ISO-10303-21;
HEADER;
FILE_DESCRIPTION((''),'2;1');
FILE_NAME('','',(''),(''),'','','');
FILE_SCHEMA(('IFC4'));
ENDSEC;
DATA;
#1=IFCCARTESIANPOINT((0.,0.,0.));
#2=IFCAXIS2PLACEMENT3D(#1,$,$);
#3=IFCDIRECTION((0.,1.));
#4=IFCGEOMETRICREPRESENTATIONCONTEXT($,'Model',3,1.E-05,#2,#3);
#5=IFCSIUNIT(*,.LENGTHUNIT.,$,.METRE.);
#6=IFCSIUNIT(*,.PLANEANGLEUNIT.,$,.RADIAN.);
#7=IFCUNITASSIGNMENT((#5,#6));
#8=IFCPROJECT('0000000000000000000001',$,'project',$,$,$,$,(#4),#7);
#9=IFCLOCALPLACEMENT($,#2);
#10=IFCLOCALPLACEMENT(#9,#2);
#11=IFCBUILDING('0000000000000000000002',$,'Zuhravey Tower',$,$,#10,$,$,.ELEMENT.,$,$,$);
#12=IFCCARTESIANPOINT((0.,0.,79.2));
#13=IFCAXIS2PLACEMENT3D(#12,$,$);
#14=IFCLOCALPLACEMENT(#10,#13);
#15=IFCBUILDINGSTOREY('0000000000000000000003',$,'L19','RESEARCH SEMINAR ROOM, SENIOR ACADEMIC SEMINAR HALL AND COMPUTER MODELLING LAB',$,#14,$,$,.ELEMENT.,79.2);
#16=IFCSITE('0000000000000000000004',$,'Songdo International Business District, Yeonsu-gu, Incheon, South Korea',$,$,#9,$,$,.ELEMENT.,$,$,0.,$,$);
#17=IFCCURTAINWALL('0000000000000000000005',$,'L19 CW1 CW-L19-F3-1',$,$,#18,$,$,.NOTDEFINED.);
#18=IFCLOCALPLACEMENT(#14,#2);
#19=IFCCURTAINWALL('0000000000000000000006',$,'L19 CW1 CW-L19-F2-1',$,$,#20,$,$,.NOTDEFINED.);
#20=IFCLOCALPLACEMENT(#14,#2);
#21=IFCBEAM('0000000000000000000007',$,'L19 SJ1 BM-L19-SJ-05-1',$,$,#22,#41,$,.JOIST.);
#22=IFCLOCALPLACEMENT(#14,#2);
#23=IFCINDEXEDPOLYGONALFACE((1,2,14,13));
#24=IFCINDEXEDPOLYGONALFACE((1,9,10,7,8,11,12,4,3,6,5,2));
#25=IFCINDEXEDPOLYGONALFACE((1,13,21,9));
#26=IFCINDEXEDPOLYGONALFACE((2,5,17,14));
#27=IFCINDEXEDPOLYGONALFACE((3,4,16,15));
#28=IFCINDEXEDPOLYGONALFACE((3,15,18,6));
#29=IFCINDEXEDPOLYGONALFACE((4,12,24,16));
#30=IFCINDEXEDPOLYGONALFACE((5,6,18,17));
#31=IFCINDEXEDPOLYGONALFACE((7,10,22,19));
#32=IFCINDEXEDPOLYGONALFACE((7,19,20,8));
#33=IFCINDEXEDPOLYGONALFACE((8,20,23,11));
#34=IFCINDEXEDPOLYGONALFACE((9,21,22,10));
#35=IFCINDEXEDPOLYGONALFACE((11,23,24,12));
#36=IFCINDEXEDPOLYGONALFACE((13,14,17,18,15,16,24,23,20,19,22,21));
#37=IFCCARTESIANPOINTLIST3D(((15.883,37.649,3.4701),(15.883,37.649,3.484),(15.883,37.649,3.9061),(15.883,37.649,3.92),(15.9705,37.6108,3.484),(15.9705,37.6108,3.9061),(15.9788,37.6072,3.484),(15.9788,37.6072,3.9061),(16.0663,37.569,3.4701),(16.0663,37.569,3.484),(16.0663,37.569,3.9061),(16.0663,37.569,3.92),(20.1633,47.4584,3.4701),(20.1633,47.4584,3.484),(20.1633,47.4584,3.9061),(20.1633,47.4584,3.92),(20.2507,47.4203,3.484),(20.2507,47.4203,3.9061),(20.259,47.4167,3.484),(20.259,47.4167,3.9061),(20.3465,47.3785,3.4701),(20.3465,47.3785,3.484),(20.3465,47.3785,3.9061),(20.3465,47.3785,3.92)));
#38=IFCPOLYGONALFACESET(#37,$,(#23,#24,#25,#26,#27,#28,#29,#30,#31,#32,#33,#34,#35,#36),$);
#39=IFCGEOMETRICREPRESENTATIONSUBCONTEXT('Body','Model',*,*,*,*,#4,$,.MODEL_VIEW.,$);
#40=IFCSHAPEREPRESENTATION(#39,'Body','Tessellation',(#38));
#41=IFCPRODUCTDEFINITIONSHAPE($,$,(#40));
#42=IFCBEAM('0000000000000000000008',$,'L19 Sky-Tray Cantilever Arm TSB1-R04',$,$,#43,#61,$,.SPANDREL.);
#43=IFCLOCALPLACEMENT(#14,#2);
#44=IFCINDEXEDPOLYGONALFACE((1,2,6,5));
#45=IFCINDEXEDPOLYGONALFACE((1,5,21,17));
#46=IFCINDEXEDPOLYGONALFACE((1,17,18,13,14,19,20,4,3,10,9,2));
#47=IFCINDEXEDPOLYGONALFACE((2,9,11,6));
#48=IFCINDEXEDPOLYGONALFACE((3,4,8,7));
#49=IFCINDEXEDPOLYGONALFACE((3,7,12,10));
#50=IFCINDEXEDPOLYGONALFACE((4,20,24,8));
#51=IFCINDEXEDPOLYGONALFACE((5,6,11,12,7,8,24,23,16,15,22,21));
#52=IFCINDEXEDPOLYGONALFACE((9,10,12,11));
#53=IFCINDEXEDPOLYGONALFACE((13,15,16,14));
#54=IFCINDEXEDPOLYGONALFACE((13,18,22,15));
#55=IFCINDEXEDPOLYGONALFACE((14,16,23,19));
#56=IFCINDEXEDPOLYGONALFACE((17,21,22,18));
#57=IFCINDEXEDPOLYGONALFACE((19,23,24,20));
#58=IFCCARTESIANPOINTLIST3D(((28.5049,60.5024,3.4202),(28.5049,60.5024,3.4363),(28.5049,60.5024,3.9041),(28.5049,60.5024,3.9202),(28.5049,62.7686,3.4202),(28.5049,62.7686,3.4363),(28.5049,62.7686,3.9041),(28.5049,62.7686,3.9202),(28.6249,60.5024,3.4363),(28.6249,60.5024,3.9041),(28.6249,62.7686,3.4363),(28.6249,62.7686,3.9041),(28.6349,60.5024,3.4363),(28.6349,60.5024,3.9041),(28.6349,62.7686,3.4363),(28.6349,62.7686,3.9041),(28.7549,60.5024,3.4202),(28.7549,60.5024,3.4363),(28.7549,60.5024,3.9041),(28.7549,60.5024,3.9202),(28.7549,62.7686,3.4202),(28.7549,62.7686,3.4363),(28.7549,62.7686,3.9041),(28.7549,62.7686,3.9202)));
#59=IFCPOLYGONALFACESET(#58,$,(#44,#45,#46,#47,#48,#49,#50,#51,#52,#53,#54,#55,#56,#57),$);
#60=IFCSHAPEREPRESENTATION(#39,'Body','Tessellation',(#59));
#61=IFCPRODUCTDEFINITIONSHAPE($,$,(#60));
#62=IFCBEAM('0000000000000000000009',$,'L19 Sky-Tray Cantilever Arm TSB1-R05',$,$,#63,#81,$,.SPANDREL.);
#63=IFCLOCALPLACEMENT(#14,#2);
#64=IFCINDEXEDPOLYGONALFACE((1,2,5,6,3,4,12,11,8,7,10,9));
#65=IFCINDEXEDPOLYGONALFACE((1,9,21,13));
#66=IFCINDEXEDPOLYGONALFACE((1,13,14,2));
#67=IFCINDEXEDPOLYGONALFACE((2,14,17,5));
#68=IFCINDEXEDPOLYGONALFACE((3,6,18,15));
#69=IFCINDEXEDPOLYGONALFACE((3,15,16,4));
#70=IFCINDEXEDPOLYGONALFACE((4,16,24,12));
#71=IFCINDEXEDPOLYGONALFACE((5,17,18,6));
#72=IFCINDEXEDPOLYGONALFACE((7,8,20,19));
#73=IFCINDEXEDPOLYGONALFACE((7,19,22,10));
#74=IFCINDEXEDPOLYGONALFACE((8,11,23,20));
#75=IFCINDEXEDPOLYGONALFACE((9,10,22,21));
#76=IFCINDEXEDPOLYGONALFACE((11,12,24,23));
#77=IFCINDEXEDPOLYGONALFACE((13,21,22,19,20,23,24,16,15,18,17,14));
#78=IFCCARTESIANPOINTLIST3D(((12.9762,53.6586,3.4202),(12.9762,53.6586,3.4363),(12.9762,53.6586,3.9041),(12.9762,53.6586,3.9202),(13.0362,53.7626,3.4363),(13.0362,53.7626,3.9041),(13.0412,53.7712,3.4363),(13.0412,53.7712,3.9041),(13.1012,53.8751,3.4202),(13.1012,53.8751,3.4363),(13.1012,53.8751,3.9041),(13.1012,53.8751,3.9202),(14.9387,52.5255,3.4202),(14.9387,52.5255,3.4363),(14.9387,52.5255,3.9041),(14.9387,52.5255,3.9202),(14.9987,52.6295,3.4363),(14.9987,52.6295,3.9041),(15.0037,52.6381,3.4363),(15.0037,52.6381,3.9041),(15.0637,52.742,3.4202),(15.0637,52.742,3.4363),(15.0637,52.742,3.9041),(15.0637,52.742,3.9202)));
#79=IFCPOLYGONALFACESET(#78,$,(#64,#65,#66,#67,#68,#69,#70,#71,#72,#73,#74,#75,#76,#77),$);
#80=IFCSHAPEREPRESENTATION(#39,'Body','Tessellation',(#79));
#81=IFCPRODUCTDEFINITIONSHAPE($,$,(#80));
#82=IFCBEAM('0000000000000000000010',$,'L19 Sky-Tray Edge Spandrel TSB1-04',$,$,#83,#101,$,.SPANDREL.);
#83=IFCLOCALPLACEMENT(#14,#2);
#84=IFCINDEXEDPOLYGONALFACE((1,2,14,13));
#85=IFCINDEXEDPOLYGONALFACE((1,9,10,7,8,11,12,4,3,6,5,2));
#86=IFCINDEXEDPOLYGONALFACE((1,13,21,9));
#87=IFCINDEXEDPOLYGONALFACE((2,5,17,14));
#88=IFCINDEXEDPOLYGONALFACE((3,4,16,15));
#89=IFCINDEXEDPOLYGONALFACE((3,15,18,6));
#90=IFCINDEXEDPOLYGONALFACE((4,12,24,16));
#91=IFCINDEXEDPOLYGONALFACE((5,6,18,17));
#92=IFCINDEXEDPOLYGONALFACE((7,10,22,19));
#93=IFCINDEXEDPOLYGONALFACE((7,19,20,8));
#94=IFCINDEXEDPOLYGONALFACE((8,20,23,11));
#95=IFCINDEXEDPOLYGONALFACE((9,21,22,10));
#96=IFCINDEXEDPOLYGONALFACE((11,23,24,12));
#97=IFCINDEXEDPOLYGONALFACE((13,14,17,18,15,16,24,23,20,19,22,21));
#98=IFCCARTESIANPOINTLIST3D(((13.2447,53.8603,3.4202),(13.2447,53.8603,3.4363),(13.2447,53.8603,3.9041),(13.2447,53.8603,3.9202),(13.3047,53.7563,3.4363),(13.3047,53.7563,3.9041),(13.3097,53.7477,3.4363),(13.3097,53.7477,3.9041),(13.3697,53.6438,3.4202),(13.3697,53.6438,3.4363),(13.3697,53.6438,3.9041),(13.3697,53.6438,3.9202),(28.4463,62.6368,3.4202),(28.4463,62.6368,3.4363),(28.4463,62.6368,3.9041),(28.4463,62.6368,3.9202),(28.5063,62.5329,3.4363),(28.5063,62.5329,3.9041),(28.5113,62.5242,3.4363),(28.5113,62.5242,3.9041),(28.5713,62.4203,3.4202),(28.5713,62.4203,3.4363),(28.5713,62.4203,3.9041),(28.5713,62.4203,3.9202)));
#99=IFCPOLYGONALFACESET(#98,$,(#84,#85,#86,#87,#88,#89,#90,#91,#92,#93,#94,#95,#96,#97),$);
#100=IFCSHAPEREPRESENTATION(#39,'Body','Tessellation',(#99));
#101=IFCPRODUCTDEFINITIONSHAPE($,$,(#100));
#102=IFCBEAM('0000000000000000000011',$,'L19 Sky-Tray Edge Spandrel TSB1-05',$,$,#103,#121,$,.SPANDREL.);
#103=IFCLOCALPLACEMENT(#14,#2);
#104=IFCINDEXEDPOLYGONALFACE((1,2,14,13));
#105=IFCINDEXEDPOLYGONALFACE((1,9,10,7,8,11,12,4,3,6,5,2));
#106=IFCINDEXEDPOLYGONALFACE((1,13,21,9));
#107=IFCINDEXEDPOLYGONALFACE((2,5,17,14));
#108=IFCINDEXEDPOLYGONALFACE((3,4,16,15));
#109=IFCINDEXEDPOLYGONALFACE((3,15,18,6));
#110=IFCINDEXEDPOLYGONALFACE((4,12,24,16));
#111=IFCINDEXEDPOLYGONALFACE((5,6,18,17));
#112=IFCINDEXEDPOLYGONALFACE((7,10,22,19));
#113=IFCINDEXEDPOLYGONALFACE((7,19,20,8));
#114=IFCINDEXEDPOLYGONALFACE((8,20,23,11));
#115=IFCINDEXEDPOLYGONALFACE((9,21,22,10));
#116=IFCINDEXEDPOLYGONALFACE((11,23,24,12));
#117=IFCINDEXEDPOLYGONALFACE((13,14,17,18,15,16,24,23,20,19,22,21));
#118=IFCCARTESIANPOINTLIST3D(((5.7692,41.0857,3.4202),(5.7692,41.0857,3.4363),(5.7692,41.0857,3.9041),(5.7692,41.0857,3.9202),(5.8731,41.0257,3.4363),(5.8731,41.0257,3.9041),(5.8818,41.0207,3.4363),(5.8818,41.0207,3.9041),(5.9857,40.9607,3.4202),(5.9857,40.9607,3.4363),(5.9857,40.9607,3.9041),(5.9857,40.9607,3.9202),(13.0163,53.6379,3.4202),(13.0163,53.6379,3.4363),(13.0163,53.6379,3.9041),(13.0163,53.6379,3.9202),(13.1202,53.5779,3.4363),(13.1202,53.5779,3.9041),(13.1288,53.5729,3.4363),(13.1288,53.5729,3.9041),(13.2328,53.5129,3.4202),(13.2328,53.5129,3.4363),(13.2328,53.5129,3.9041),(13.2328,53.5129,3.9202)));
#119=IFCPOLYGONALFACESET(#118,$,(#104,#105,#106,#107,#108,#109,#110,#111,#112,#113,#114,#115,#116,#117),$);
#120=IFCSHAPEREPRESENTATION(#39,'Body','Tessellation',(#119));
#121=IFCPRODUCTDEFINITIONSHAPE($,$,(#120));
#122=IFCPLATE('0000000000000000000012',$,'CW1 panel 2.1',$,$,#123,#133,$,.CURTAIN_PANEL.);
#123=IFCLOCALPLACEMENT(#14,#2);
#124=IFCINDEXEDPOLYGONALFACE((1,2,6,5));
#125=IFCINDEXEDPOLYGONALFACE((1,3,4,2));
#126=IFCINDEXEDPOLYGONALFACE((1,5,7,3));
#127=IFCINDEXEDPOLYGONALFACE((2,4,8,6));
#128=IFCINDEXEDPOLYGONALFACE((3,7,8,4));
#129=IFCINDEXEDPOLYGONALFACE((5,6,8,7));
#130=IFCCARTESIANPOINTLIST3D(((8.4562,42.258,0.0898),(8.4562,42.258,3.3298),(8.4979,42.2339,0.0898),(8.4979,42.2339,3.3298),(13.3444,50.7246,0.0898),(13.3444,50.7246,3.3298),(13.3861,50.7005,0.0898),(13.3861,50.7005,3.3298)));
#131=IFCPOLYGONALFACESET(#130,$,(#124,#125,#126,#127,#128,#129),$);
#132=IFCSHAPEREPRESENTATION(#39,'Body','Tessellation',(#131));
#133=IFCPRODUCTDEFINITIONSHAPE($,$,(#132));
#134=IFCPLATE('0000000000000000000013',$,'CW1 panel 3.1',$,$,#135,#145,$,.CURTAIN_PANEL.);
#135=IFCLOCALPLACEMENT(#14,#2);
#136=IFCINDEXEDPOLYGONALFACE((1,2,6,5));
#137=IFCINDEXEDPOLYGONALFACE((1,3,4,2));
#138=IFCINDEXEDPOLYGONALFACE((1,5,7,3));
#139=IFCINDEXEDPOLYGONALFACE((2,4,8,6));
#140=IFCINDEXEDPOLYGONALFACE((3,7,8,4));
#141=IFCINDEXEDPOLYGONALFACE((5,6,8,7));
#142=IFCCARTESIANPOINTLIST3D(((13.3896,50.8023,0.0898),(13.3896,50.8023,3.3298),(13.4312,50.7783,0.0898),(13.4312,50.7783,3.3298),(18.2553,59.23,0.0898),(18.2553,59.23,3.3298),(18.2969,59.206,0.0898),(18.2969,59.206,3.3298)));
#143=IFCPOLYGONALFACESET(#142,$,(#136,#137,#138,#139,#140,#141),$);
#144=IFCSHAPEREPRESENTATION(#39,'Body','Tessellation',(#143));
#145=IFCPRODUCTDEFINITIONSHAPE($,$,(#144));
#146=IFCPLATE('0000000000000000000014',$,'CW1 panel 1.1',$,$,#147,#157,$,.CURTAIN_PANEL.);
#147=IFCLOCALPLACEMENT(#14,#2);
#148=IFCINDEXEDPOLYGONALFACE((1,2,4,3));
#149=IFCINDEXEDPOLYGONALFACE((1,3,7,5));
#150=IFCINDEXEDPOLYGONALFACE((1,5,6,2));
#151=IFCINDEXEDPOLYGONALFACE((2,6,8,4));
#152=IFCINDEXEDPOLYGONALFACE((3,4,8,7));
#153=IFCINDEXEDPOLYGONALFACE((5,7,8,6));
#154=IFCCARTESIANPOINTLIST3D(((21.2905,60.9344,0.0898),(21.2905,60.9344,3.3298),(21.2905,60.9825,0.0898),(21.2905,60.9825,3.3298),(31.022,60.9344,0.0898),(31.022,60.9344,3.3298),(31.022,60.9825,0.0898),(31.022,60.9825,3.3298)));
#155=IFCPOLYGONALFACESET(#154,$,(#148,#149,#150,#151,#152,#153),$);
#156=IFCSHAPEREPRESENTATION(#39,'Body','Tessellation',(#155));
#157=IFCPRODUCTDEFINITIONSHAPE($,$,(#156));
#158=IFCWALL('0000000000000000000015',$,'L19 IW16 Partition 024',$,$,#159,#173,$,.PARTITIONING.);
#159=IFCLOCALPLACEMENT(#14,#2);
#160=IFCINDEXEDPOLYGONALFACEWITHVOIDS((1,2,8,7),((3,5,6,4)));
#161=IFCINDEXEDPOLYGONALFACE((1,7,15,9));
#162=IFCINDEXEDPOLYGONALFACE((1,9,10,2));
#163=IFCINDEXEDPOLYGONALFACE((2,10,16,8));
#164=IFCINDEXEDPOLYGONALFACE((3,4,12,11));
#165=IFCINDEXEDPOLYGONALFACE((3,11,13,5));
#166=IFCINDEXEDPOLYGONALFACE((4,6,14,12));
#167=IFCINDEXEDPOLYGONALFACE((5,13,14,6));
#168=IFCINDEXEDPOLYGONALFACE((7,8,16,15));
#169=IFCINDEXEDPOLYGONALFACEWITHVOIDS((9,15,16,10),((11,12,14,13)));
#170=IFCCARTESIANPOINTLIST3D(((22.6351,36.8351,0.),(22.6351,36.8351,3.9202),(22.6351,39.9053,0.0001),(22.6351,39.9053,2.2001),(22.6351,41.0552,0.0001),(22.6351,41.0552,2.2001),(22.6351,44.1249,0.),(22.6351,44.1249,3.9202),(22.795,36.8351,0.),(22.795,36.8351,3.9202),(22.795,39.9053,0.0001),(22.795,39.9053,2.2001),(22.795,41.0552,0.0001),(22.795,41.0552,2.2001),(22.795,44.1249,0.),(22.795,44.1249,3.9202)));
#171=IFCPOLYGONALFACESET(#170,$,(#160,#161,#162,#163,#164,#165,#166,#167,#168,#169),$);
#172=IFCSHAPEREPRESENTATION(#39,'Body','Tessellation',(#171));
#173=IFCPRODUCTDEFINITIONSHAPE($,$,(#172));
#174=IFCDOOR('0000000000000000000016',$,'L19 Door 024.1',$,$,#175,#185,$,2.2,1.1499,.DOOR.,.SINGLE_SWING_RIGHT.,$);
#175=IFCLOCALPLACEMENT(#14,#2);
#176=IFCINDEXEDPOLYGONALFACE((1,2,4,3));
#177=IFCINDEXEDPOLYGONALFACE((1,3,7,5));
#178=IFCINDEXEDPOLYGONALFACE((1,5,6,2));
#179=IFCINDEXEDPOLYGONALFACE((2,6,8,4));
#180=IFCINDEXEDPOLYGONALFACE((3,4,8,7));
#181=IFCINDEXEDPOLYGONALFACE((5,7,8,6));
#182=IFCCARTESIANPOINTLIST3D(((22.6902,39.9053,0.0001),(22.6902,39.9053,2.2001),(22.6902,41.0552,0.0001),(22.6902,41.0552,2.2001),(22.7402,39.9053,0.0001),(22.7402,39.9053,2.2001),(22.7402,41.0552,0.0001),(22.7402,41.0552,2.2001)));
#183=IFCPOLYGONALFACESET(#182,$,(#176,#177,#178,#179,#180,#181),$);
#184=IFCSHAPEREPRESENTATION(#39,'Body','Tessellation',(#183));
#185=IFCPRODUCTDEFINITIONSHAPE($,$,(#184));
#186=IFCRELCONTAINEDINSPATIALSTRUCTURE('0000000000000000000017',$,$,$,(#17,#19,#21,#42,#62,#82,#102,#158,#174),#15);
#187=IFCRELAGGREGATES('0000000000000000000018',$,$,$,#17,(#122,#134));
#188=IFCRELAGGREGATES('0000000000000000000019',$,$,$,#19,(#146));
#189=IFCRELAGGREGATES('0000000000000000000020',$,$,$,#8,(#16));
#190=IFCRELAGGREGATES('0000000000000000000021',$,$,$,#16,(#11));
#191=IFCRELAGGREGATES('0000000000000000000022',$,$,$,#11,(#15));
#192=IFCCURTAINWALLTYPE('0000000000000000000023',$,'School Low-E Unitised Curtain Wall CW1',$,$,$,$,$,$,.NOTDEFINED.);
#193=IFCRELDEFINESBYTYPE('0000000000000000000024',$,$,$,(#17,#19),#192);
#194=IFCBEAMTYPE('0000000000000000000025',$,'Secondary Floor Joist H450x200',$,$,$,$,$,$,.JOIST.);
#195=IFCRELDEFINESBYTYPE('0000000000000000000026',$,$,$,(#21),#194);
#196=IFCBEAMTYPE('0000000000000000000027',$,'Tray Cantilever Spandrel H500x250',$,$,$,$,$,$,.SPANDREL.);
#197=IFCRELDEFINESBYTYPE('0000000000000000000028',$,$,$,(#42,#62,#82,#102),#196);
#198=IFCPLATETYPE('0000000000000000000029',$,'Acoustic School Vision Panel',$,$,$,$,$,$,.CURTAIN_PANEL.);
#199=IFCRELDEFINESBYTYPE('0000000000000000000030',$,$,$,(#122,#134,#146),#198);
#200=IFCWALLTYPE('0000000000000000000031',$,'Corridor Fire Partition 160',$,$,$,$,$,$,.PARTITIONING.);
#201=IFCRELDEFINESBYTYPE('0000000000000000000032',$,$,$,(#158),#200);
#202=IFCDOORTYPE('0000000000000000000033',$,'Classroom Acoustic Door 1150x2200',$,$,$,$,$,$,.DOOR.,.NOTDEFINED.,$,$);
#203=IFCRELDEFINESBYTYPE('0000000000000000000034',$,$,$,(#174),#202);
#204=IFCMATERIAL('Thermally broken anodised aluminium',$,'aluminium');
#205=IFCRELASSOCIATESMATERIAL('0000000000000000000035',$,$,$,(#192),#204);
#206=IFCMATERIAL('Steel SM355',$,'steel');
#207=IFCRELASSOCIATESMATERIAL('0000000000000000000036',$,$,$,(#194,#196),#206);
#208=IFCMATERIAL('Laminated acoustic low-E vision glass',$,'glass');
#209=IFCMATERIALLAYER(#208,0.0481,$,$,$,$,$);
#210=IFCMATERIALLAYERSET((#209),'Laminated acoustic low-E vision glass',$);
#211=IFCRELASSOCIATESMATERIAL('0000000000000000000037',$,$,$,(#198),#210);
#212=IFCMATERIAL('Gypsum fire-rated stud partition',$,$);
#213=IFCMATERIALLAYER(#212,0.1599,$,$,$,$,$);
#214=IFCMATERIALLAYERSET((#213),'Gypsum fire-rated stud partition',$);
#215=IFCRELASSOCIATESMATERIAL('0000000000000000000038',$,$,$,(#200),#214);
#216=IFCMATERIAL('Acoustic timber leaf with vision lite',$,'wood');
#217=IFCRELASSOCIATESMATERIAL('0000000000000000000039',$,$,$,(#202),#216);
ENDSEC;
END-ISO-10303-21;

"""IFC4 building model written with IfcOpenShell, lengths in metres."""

from ifc_helpers import new_model, si_unit, direction, frame, frame_2d, origin, origin_2d, place, context, subcontext, project, spatial, rectangle, i_section, extrude, material, layer, layer_set, material_profile, profile_set, type_object, element, fill, aggregate, save


model = new_model("IFC4")

# Units and contexts
model_context = context("Model", 3, precision=1e-05, world=origin(), true_north=direction((0.0, 1.0)))
body_context = subcontext(model_context, "Body", "Model", "MODEL_VIEW")
ifc_project = project(units=[si_unit("LENGTHUNIT", "METRE"), si_unit("PLANEANGLEUNIT", "RADIAN")], contexts=[model_context])

# Site, building, storey
site_placement = place(None, origin())
site = spatial("IfcSite", under=ifc_project, at=site_placement, Name="Songdo International Business District, Yeonsu-gu, Incheon, South Korea", CompositionType="ELEMENT", RefElevation=0.0)
building_placement = place(site_placement, origin())
building = spatial("IfcBuilding", under=site, at=building_placement, Name="Zuhravey Tower", CompositionType="ELEMENT")
storey_placement = place(building_placement, frame((0.0, 0.0, 79.2)))
storey = spatial("IfcBuildingStorey", under=building, at=storey_placement, Name="L19", Description="RESEARCH SEMINAR ROOM, SENIOR ACADEMIC SEMINAR HALL AND COMPUTER MODELLING LAB", CompositionType="ELEMENT", Elevation=79.2)

# Curtain walls
ifc_material_1 = material(Name="Thermally broken anodised aluminium", Category="aluminium")
curtain_wall_type = type_object("IfcCurtainWallType", Name="School Low-E Unitised Curtain Wall CW1", PredefinedType="NOTDEFINED", material=ifc_material_1)
curtain_wall_1_placement = place(storey_placement, origin())
curtain_wall_1 = element("IfcCurtainWall", 1, at=curtain_wall_1_placement, inside=storey, type_object=curtain_wall_type, Name="L19 CW1 CW-L19-F3-1", PredefinedType="NOTDEFINED")
curtain_wall_2_placement = place(storey_placement, origin())
curtain_wall_2 = element("IfcCurtainWall", 2, at=curtain_wall_2_placement, inside=storey, type_object=curtain_wall_type, Name="L19 CW1 CW-L19-F2-1", PredefinedType="NOTDEFINED")

# Beams
ifc_material_2 = material(Name="Steel SM355", Category="steel")
ifc_material_profile_1 = material_profile(ifc_material_2, i_section(OverallWidth=0.2, OverallDepth=0.45, WebThickness=0.009, FlangeThickness=0.0139, at=origin_2d()), Name="H-450x200x9x14")
ifc_profile_set_1 = profile_set([ifc_material_profile_1], Name="Steel SM355")
beam_type_1 = type_object("IfcBeamType", Name="Secondary Floor Joist H450x200", PredefinedType="JOIST", material=ifc_profile_set_1)
beam_1_placement = place(storey_placement, frame((20.2549, 47.4185, 3.6951), z_axis=(-0.399924, -0.916549, 0.0), x_axis=(0.916549, -0.399924, 0.0)))
element("IfcBeam", 3, at=beam_1_placement, inside=storey, type_object=beam_type_1, Name="L19 SJ1 BM-L19-SJ-05-1", PredefinedType="JOIST", context=body_context, shape_type="SweptSolid", body=[
    extrude(i_section(OverallWidth=0.2, OverallDepth=0.45, WebThickness=0.009, FlangeThickness=0.0139, at=origin_2d()), origin(), (0.0, 0.0, 1.0), 10.7026),
])
ifc_material_profile_2 = material_profile(ifc_material_2, i_section(OverallWidth=0.25, OverallDepth=0.5, WebThickness=0.01, FlangeThickness=0.0161, at=origin_2d()), Name="H-500x250x10x16")
ifc_profile_set_2 = profile_set([ifc_material_profile_2], Name="Steel SM355")
beam_type_2 = type_object("IfcBeamType", Name="Tray Cantilever Spandrel H500x250", PredefinedType="SPANDREL", material=ifc_profile_set_2)
for number, where, z_axis, x_axis, name in (
    (4, (28.6299, 60.5024, 3.6702), (0.0, 1.0, 0.0), (-1.0, 0.0, 0.0), "L19 Sky-Tray Cantilever Arm TSB1-R04"),
    (5, (15.0012, 52.6338, 3.6702), (-0.866013, 0.500021, 0.0), (-0.500021, -0.866013, 0.0), "L19 Sky-Tray Cantilever Arm TSB1-R05"),
):
    element("IfcBeam", number, at=place(storey_placement, frame(where, z_axis=z_axis, x_axis=x_axis)), inside=storey, type_object=beam_type_2, Name=name, PredefinedType="SPANDREL", context=body_context, shape_type="SweptSolid", body=[
        extrude(i_section(OverallWidth=0.25, OverallDepth=0.5, WebThickness=0.01, FlangeThickness=0.0161, at=origin_2d()), origin(), (0.0, 0.0, 1.0), 2.2661),
    ])
beam_2_placement = place(storey_placement, frame((28.5088, 62.5286, 3.6702), z_axis=(-0.866027, -0.499997, 0.0), x_axis=(0.499997, -0.866027, 0.0)))
element("IfcBeam", 6, at=beam_2_placement, inside=storey, type_object=beam_type_2, Name="L19 Sky-Tray Edge Spandrel TSB1-04", PredefinedType="SPANDREL", context=body_context, shape_type="SweptSolid", body=[
    extrude(i_section(OverallWidth=0.25, OverallDepth=0.5, WebThickness=0.01, FlangeThickness=0.0161, at=origin_2d()), origin(), (0.0, 0.0, 1.0), 17.5532),
])
beam_3_placement = place(storey_placement, frame((13.1245, 53.5754, 3.6702), z_axis=(-0.500001, -0.866025, 0.0), x_axis=(0.866025, -0.500001, 0.0)))
element("IfcBeam", 7, at=beam_3_placement, inside=storey, type_object=beam_type_2, Name="L19 Sky-Tray Edge Spandrel TSB1-05", PredefinedType="SPANDREL", context=body_context, shape_type="SweptSolid", body=[
    extrude(i_section(OverallWidth=0.25, OverallDepth=0.5, WebThickness=0.01, FlangeThickness=0.0161, at=origin_2d()), origin(), (0.0, 0.0, 1.0), 14.4941),
])

# Plates
ifc_material_3 = material(Name="Laminated acoustic low-E vision glass", Category="glass")
ifc_layer_1 = layer(ifc_material_3, 0.0481)
ifc_layer_set_1 = layer_set([ifc_layer_1], Name="Laminated acoustic low-E vision glass")
plate_type = type_object("IfcPlateType", Name="Acoustic School Vision Panel", PredefinedType="CURTAIN_PANEL", material=ifc_layer_set_1)
plate_1_placement = place(storey_placement, frame((10.9211, 46.4792, 0.0898), z_axis=(0.0, 0.0, 1.0), x_axis=(0.5, 0.866026, 0.0)))
plate_1 = element("IfcPlate", 8, at=plate_1_placement, type_object=plate_type, Name="CW1 panel 2.1", PredefinedType="CURTAIN_PANEL", context=body_context, shape_type="SweptSolid", body=[
    extrude(rectangle(XDim=9.7764, YDim=0.0481, at=origin_2d()), origin(), (0.0, 0.0, 1.0), 3.24),
])
plate_2_placement = place(storey_placement, frame((15.8433, 55.0042, 0.0898), z_axis=(0.0, 0.0, 1.0), x_axis=(0.5, 0.866026, 0.0)))
plate_2 = element("IfcPlate", 9, at=plate_2_placement, type_object=plate_type, Name="CW1 panel 3.1", PredefinedType="CURTAIN_PANEL", context=body_context, shape_type="SweptSolid", body=[
    extrude(rectangle(XDim=9.7314, YDim=0.0481, at=origin_2d()), origin(), (0.0, 0.0, 1.0), 3.24),
])
aggregate(curtain_wall_1, [plate_1, plate_2])
plate_3_placement = place(storey_placement, frame((26.1562, 60.9585, 0.0898), z_axis=(0.0, 0.0, 1.0), x_axis=(1.0, 0.0, 0.0)))
plate_3 = element("IfcPlate", 10, at=plate_3_placement, type_object=plate_type, Name="CW1 panel 1.1", PredefinedType="CURTAIN_PANEL", context=body_context, shape_type="SweptSolid", body=[
    extrude(rectangle(XDim=9.7314, YDim=0.0481, at=origin_2d()), origin(), (0.0, 0.0, 1.0), 3.24),
])
aggregate(curtain_wall_2, [plate_3])

# Wall, opening, door
ifc_material_4 = material(Name="Gypsum fire-rated stud partition")
ifc_layer_2 = layer(ifc_material_4, 0.1599)
ifc_layer_set_2 = layer_set([ifc_layer_2], Name="Gypsum fire-rated stud partition")
wall_type_1 = type_object("IfcWallType", Name="Corridor Fire Partition 160", PredefinedType="PARTITIONING", material=ifc_layer_set_2)
wall_1_placement = place(storey_placement, frame((22.7151, 44.125, 0.0), z_axis=(0.0, 0.0, 1.0), x_axis=(0.0, -1.0, 0.0)))
wall_1 = element("IfcWall", 11, at=wall_1_placement, inside=storey, type_object=wall_type_1, Name="L19 IW16 Partition 024", PredefinedType="PARTITIONING", context=body_context, shape_type="SweptSolid", body=[
    extrude(rectangle(XDim=7.2898, YDim=0.1599, at=frame_2d((3.645, 0.0))), origin(), (0.0, 0.0, 1.0), 3.9202),
])
opening_placement = place(wall_1_placement, frame((3.0698, 0.0, 0.0)))
opening = element("IfcOpeningElement", 12, at=opening_placement, cuts=wall_1, PredefinedType="OPENING", context=body_context, shape_type="SweptSolid", body=[
    extrude(rectangle(XDim=1.1499, YDim=2.2, at=frame_2d((0.575, 1.1001))), frame((0.0, 0.092, 0.0), z_axis=(0.0, -1.0, 0.0), x_axis=(1.0, 0.0, 0.0)), (0.0, 0.0, 1.0), 0.1838),
])
ifc_material_5 = material(Name="Acoustic timber leaf with vision lite", Category="wood")
door_type = type_object("IfcDoorType", Name="Classroom Acoustic Door 1150x2200", OperationType="NOTDEFINED", PredefinedType="DOOR", material=ifc_material_5)
door_placement = place(opening_placement, frame((1.1499, 0.0, 0.0), z_axis=(0.0, 0.0, 1.0), x_axis=(-1.0, 0.0, 0.0)))
door = element("IfcDoor", 13, at=door_placement, inside=storey, type_object=door_type, Name="L19 Door 024.1", OperationType="SINGLE_SWING_RIGHT", OverallHeight=2.2, OverallWidth=1.1499, PredefinedType="DOOR", context=body_context, shape_type="SweptSolid", body=[
    extrude(rectangle(XDim=1.1499, YDim=2.2, at=frame_2d((0.575, 1.1001))), frame((0.0, 0.0249, 0.0), z_axis=(0.0, -1.0, 0.0), x_axis=(1.0, 0.0, 0.0)), (0.0, 0.0, 1.0), 0.05),
])
fill(opening, door)

save(model, "model.ifc")
